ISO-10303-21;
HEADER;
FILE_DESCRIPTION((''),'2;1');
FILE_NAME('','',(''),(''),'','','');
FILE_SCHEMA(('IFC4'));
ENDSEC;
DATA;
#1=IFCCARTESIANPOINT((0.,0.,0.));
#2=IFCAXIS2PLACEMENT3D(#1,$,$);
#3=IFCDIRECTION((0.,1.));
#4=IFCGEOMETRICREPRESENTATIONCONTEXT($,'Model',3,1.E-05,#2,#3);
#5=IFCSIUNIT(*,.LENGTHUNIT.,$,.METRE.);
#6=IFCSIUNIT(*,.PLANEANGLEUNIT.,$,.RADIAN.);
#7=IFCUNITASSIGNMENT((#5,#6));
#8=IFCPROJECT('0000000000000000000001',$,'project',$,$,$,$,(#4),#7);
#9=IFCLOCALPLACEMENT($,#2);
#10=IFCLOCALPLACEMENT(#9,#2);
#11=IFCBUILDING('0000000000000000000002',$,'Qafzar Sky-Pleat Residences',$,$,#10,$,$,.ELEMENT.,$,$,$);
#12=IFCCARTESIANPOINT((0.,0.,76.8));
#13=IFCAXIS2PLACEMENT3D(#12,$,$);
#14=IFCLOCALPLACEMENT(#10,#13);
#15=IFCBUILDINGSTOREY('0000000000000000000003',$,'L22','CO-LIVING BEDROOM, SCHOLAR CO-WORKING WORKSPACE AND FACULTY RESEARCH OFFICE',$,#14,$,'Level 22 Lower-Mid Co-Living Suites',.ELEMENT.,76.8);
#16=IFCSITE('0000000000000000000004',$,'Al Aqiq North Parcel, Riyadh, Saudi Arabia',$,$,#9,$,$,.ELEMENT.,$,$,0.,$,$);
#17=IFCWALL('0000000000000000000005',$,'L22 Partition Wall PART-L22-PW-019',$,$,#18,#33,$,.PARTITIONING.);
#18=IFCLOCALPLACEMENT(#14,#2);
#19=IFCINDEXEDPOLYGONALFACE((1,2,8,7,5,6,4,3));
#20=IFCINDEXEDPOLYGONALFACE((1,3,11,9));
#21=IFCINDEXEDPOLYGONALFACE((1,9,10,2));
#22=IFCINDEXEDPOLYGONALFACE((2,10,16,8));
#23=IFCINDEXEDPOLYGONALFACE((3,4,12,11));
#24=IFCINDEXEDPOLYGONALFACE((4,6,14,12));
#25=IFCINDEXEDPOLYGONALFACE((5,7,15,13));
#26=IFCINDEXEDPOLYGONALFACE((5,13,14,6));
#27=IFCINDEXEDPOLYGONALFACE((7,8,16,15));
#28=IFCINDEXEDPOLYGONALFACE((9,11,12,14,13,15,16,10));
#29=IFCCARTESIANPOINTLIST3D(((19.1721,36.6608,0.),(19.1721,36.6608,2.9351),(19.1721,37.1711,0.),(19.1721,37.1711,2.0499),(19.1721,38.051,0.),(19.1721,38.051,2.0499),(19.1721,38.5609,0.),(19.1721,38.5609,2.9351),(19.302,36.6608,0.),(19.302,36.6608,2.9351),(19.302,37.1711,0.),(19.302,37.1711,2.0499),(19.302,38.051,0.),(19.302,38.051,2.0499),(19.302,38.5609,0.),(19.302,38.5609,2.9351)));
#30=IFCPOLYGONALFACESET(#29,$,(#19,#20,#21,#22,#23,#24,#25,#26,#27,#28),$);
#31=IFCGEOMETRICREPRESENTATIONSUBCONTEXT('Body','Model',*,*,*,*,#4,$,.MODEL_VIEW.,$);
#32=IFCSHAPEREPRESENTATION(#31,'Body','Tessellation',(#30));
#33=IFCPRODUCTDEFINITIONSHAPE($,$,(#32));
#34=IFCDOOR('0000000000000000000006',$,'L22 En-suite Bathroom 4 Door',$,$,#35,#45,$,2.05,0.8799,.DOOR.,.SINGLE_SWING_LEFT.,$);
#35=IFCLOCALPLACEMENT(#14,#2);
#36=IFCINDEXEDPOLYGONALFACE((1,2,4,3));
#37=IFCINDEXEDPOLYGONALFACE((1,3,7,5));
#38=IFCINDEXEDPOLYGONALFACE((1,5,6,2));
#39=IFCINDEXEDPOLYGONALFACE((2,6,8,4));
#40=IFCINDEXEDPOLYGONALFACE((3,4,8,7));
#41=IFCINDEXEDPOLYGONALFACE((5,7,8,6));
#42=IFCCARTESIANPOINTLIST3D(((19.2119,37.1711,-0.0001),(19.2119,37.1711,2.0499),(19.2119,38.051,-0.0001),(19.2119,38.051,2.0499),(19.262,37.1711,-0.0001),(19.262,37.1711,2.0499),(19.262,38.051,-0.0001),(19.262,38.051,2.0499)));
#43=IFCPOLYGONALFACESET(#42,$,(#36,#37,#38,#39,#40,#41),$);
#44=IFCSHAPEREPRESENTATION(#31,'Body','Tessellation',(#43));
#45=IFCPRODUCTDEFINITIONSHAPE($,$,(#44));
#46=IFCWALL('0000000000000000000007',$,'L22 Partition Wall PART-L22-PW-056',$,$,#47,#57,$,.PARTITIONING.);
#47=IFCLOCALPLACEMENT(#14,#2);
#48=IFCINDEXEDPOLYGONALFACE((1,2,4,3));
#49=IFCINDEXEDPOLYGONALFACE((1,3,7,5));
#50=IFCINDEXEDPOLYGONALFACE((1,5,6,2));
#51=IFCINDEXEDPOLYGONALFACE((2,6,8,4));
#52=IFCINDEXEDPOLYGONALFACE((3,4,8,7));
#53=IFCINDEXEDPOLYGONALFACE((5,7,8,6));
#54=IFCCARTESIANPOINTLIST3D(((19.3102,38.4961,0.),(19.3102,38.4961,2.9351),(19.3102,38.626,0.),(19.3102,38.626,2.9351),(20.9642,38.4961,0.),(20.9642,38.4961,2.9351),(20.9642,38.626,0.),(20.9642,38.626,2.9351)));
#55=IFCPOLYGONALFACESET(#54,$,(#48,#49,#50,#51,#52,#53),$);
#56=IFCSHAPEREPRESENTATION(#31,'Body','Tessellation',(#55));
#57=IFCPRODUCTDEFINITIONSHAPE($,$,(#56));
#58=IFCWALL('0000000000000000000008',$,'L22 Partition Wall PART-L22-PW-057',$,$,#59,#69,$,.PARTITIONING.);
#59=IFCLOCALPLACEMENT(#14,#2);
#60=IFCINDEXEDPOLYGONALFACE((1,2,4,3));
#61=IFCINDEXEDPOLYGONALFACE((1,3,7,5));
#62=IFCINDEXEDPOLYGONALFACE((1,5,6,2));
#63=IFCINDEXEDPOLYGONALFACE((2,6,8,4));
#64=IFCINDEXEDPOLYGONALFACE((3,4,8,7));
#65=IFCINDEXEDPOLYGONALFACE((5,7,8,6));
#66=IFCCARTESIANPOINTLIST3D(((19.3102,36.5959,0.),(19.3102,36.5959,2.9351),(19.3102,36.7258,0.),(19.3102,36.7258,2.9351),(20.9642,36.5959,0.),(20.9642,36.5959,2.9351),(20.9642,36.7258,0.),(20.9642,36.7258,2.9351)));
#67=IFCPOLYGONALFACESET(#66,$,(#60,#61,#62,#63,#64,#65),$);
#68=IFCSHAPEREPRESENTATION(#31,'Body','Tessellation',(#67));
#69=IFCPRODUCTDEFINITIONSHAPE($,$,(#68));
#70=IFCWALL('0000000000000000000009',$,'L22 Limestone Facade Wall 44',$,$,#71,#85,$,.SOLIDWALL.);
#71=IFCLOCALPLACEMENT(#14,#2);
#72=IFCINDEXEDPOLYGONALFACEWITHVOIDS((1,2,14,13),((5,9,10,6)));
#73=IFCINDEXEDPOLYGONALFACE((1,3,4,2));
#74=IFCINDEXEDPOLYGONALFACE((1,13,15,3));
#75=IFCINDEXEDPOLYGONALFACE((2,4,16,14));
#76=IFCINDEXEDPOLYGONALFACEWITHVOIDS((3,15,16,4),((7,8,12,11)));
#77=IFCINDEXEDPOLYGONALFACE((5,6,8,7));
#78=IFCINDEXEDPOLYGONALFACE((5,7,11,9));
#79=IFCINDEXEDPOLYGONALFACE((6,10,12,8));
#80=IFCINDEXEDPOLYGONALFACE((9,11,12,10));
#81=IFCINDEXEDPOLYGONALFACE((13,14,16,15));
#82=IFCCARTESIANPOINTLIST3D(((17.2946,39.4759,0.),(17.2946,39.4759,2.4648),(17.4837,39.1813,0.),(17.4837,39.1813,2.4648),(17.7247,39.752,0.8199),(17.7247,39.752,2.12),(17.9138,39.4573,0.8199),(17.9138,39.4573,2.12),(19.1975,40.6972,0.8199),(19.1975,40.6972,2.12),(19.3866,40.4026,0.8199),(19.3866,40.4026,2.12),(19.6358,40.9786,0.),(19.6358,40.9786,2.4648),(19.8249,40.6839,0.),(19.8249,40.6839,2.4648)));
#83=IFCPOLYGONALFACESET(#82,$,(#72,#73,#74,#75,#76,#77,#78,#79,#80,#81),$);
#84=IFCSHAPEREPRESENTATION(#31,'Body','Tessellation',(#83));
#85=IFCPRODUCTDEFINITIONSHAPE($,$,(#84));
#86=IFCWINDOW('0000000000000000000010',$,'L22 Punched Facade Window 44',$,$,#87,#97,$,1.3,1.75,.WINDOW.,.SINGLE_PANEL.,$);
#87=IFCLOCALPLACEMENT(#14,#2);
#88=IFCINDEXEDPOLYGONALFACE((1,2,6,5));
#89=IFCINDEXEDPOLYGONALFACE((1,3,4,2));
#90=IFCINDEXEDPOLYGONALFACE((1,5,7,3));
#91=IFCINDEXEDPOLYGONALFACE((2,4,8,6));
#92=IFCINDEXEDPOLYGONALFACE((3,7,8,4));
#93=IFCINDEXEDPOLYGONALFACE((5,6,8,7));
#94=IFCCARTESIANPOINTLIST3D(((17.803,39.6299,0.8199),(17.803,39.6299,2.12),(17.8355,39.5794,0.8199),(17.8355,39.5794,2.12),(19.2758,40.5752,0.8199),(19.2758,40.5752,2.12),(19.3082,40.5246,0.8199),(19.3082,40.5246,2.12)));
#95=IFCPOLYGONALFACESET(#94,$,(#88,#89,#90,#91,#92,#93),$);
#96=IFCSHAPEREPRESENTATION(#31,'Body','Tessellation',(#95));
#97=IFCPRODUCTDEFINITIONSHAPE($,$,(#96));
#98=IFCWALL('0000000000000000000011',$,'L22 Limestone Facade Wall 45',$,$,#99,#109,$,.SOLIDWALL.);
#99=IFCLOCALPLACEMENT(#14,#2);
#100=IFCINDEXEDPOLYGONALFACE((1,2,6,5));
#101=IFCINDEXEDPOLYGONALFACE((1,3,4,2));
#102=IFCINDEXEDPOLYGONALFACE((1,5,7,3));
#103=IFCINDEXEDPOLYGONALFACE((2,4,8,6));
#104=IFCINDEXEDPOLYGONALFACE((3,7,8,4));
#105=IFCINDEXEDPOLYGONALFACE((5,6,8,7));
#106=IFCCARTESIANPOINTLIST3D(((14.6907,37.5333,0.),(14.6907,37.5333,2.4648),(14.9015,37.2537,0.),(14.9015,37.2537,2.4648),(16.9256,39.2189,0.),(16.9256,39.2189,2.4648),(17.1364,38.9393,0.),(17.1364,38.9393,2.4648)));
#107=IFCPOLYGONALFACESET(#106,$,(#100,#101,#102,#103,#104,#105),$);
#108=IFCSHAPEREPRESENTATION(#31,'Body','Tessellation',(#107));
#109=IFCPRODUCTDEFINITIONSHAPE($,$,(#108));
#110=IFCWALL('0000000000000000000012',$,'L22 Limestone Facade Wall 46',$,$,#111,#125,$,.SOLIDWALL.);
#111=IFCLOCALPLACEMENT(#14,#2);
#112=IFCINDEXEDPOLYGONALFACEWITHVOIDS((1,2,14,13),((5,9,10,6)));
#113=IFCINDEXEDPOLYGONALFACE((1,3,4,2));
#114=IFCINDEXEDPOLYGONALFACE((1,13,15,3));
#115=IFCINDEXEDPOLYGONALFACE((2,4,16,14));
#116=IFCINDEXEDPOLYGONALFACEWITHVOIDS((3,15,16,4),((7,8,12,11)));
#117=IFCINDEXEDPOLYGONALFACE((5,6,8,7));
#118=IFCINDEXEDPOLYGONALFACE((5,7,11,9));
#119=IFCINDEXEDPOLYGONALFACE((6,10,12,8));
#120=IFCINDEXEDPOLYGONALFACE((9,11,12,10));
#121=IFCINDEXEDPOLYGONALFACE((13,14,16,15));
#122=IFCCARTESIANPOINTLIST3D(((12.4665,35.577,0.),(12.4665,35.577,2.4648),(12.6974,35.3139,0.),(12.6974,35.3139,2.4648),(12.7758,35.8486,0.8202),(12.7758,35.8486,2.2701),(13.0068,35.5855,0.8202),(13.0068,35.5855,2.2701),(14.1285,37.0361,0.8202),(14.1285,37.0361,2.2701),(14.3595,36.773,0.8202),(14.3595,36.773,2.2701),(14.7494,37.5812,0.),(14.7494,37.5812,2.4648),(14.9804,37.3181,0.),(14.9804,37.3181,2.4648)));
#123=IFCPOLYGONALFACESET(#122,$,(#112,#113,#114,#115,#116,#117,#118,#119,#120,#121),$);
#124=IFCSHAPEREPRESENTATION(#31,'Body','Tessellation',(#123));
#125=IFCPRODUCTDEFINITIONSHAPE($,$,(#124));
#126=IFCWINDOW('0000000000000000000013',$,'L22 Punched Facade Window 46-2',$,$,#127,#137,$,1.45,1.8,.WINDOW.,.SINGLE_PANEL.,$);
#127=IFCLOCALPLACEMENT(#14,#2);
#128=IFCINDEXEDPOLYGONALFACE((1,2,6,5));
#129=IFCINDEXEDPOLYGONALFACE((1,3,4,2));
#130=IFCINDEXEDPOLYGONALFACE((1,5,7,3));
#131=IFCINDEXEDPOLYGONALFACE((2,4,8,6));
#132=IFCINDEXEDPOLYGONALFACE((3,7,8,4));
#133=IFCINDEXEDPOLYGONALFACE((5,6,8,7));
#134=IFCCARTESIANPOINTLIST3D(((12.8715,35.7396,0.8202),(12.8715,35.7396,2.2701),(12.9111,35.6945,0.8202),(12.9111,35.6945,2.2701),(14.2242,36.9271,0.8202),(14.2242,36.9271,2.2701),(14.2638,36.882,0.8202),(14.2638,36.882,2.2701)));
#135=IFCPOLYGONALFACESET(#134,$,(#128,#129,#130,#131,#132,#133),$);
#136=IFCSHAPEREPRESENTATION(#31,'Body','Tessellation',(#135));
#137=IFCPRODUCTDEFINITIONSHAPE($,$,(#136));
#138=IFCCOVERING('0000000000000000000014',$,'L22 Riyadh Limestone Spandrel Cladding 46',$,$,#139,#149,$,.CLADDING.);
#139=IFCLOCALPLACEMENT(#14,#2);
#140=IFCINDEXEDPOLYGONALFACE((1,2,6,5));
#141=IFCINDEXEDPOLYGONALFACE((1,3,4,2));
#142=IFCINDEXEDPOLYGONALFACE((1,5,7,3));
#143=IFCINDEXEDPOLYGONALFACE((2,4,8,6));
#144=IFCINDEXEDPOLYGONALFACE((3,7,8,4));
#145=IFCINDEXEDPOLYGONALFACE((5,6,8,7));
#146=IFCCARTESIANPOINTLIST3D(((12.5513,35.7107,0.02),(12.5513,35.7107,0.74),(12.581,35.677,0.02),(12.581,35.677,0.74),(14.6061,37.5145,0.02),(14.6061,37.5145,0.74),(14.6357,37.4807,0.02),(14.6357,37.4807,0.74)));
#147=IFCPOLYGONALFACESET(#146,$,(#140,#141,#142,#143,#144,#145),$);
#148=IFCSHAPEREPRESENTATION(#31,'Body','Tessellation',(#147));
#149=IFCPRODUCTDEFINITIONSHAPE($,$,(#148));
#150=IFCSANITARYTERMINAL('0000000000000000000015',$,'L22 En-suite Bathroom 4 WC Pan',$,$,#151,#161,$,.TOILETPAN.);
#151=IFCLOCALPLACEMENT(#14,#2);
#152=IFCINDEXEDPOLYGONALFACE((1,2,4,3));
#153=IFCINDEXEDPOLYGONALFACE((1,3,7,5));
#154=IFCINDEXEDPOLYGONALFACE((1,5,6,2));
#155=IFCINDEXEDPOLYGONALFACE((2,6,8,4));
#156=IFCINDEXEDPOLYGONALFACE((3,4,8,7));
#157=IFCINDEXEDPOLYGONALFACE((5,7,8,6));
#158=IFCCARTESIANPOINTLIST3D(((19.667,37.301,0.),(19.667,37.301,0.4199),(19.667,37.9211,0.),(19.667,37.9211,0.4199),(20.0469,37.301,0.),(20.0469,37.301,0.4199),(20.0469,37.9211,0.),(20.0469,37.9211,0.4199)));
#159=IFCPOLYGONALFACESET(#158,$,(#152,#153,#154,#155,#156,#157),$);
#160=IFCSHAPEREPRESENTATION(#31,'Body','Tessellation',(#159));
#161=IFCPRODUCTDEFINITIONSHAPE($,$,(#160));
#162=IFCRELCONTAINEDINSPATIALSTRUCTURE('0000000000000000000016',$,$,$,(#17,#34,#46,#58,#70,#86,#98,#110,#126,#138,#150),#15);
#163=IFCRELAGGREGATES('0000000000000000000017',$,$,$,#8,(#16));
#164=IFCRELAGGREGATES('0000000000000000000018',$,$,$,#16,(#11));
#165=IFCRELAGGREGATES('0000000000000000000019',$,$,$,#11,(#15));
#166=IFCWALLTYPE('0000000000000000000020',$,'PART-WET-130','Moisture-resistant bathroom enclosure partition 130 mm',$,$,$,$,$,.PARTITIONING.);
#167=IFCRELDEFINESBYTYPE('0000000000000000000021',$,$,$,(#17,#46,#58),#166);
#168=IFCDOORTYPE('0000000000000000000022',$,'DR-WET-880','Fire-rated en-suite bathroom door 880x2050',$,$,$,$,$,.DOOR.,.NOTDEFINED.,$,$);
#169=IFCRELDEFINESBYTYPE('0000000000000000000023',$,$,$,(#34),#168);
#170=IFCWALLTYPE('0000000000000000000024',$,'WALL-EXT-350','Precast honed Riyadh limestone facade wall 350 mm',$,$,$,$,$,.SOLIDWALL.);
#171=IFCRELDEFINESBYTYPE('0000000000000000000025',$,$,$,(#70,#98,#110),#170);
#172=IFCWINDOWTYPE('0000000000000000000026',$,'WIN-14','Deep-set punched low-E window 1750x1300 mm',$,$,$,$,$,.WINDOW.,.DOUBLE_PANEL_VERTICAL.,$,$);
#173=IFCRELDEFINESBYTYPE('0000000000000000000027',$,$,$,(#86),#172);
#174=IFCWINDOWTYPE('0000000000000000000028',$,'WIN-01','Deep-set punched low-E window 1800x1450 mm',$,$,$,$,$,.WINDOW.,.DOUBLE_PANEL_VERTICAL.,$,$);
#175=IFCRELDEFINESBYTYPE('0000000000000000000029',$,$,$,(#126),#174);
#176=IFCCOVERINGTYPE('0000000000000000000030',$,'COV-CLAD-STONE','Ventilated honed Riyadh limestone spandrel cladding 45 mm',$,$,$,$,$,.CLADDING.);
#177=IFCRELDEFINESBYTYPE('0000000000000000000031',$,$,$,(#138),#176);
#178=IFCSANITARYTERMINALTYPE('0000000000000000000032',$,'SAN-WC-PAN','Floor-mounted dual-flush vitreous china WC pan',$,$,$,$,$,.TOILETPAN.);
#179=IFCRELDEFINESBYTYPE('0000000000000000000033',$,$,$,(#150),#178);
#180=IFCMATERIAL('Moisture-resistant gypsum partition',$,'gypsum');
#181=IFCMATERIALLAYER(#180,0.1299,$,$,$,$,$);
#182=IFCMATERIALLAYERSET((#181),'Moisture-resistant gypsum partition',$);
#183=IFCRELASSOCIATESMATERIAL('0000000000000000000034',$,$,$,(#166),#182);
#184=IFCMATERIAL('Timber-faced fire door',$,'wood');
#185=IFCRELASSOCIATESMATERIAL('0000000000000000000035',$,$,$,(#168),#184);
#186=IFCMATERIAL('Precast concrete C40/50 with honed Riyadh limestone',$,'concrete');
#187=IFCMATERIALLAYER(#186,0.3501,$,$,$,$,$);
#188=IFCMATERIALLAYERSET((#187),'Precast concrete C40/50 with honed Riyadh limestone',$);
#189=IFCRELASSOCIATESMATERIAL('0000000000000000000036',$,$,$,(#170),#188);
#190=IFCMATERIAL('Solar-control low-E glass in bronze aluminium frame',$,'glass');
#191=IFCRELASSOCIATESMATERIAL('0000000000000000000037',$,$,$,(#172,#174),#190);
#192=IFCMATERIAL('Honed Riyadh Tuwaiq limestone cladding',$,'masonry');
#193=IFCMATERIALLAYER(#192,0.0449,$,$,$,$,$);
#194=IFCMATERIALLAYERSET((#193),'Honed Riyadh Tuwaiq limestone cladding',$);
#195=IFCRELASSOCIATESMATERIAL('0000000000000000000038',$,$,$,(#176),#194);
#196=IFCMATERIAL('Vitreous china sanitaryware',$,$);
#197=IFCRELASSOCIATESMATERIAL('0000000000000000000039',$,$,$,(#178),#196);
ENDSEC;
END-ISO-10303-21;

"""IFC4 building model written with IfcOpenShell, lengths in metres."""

from ifc_helpers import new_model, si_unit, direction, frame, frame_2d, origin, origin_2d, place, context, subcontext, project, spatial, rectangle, extrude, source, transform, mapped, material, layer, layer_set, type_object, element, fill, save


model = new_model("IFC4")

# Units and contexts
model_context = context("Model", 3, precision=1e-05, world=origin(), true_north=direction((0.0, 1.0)))
body_context = subcontext(model_context, "Body", "Model", "MODEL_VIEW")
ifc_project = project(units=[si_unit("LENGTHUNIT", "METRE"), si_unit("PLANEANGLEUNIT", "RADIAN")], contexts=[model_context])

# Site, building, storey
site_placement = place(None, origin())
site = spatial("IfcSite", under=ifc_project, at=site_placement, Name="Al Aqiq North Parcel, Riyadh, Saudi Arabia", CompositionType="ELEMENT", RefElevation=0.0)
building_placement = place(site_placement, origin())
building = spatial("IfcBuilding", under=site, at=building_placement, Name="Qafzar Sky-Pleat Residences", CompositionType="ELEMENT")
storey_placement = place(building_placement, frame((0.0, 0.0, 76.8)))
storey = spatial("IfcBuildingStorey", under=building, at=storey_placement, Name="L22", Description="CO-LIVING BEDROOM, SCHOLAR CO-WORKING WORKSPACE AND FACULTY RESEARCH OFFICE", LongName="Level 22 Lower-Mid Co-Living Suites", CompositionType="ELEMENT", Elevation=76.8)

# Wall, opening, door
ifc_material_1 = material(Name="Moisture-resistant gypsum partition", Category="gypsum")
ifc_layer_1 = layer(ifc_material_1, 0.1299)
ifc_layer_set_1 = layer_set([ifc_layer_1], Name="Moisture-resistant gypsum partition")
wall_type_1 = type_object("IfcWallType", Name="PART-WET-130", Description="Moisture-resistant bathroom enclosure partition 130 mm", PredefinedType="PARTITIONING", material=ifc_layer_set_1)
wall_1_placement = place(storey_placement, frame((19.2371, 38.561, 0.0), z_axis=(0.0, 0.0, 1.0), x_axis=(0.0, -1.0, 0.0)))
wall_1 = element("IfcWall", 1, at=wall_1_placement, inside=storey, type_object=wall_type_1, Name="L22 Partition Wall PART-L22-PW-019", PredefinedType="PARTITIONING", context=body_context, shape_type="SweptSolid", body=[
    extrude(rectangle(XDim=1.9001, YDim=0.1299, at=frame_2d((0.9502, 0.0))), origin(), (0.0, 0.0, 1.0), 2.9351),
])
opening_1_placement = place(wall_1_placement, frame((0.51, 0.0, 0.0)))
opening_1 = element("IfcOpeningElement", 2, at=opening_1_placement, cuts=wall_1, PredefinedType="OPENING", context=body_context, shape_type="SweptSolid", body=[
    extrude(rectangle(XDim=0.8799, YDim=2.05, at=frame_2d((0.4399, 1.0249))), frame((0.0, 0.075, 0.0), z_axis=(0.0, -1.0, 0.0), x_axis=(1.0, 0.0, 0.0)), (0.0, 0.0, 1.0), 0.1499),
])
ifc_material_2 = material(Name="Timber-faced fire door", Category="wood")
door_type = type_object("IfcDoorType", Name="DR-WET-880", Description="Fire-rated en-suite bathroom door 880x2050", OperationType="NOTDEFINED", PredefinedType="DOOR", material=ifc_material_2)
shared_shape_1 = source(origin(), body_context, "Body", "SweptSolid", [
    extrude(rectangle(XDim=0.8799, YDim=2.05, at=frame_2d((0.4399, 1.0249))), frame((0.0, 0.0249, 0.0), z_axis=(0.0, -1.0, 0.0), x_axis=(1.0, 0.0, 0.0)), (0.0, 0.0, 1.0), 0.05),
])
door_placement = place(opening_1_placement, origin())
door = element("IfcDoor", 3, at=door_placement, inside=storey, type_object=door_type, Name="L22 En-suite Bathroom 4 Door", OperationType="SINGLE_SWING_LEFT", OverallHeight=2.05, OverallWidth=0.8799, PredefinedType="DOOR", context=body_context, shape_type="MappedRepresentation", body=[
    mapped(shared_shape_1, transform((0.0, 0.0, 0.0), x_axis=(1.0, 0.0, 0.0), y_axis=(0.0, 1.0, 0.0), z_axis=(0.0, 0.0, 1.0), scale=1.0)),
])
fill(opening_1, door)

# Walls
for number, where, z_axis, x_axis, name in (
    (4, (19.3101, 38.561, 0.0), (0.0, 0.0, 1.0), (1.0, 0.0, 0.0), "L22 Partition Wall PART-L22-PW-056"),
    (5, (19.3101, 36.6609, 0.0), (0.0, 0.0, 1.0), (1.0, 0.0, 0.0), "L22 Partition Wall PART-L22-PW-057"),
):
    element("IfcWall", number, at=place(storey_placement, frame(where, z_axis=z_axis, x_axis=x_axis)), inside=storey, type_object=wall_type_1, Name=name, PredefinedType="PARTITIONING", context=body_context, shape_type="SweptSolid", body=[
        extrude(rectangle(XDim=1.6541, YDim=0.1299, at=frame_2d((0.8271, 0.0))), origin(), (0.0, 0.0, 1.0), 2.9351),
    ])

# Wall, opening, window
ifc_material_3 = material(Name="Precast concrete C40/50 with honed Riyadh limestone", Category="concrete")
ifc_layer_2 = layer(ifc_material_3, 0.3501)
ifc_layer_set_2 = layer_set([ifc_layer_2], Name="Precast concrete C40/50 with honed Riyadh limestone")
wall_type_2 = type_object("IfcWallType", Name="WALL-EXT-350", Description="Precast honed Riyadh limestone facade wall 350 mm", PredefinedType="SOLIDWALL", material=ifc_layer_set_2)
wall_2_placement = place(storey_placement, frame((19.7305, 40.8313, 0.0), z_axis=(0.0, 0.0, 1.0), x_axis=(-0.841577, -0.540137, 0.0)))
wall_2 = element("IfcWall", 6, at=wall_2_placement, inside=storey, type_object=wall_type_2, Name="L22 Limestone Facade Wall 44", PredefinedType="SOLIDWALL", context=body_context, shape_type="SweptSolid", body=[
    extrude(rectangle(XDim=2.782, YDim=0.3501, at=frame_2d((1.3911, 0.0))), origin(), (0.0, 0.0, 1.0), 2.4648),
])
opening_2_placement = place(wall_2_placement, frame((0.521, 0.0, 0.8201)))
opening_2 = element("IfcOpeningElement", 7, at=opening_2_placement, cuts=wall_2, PredefinedType="OPENING", context=body_context, shape_type="SweptSolid", body=[
    extrude(rectangle(XDim=1.75, YDim=1.3, at=frame_2d((0.875, 0.6499))), frame((0.0, 0.1851, 0.0), z_axis=(0.0, -1.0, 0.0), x_axis=(1.0, 0.0, 0.0)), (0.0, 0.0, 1.0), 0.3701),
])
ifc_material_4 = material(Name="Solar-control low-E glass in bronze aluminium frame", Category="glass")
window_type_1 = type_object("IfcWindowType", Name="WIN-14", Description="Deep-set punched low-E window 1750x1300 mm", PartitioningType="DOUBLE_PANEL_VERTICAL", PredefinedType="WINDOW", material=ifc_material_4)
shared_shape_2 = source(origin(), body_context, "Body", "SweptSolid", [
    extrude(rectangle(XDim=1.75, YDim=1.3, at=frame_2d((0.875, 0.6499))), frame((0.0, 0.03, 0.0), z_axis=(0.0, -1.0, 0.0), x_axis=(1.0, 0.0, 0.0)), (0.0, 0.0, 1.0), 0.0601),
])
window_1_placement = place(opening_2_placement, origin())
window_1 = element("IfcWindow", 8, at=window_1_placement, inside=storey, type_object=window_type_1, Name="L22 Punched Facade Window 44", OverallHeight=1.3, OverallWidth=1.75, PartitioningType="SINGLE_PANEL", PredefinedType="WINDOW", context=body_context, shape_type="MappedRepresentation", body=[
    mapped(shared_shape_2, transform((0.0, 0.0, 0.0), x_axis=(1.0, 0.0, 0.0), y_axis=(0.0, 1.0, 0.0), z_axis=(0.0, 0.0, 1.0), scale=1.0)),
])
fill(opening_2, window_1)

# Wall
wall_3_placement = place(storey_placement, frame((17.031, 39.0791, 0.0), z_axis=(0.0, 0.0, 1.0), x_axis=(-0.798385, -0.602147, 0.0)))
element("IfcWall", 9, at=wall_3_placement, inside=storey, type_object=wall_type_2, Name="L22 Limestone Facade Wall 45", PredefinedType="SOLIDWALL", context=body_context, shape_type="SweptSolid", body=[
    extrude(rectangle(XDim=2.7993, YDim=0.3501, at=frame_2d((1.3997, 0.0))), origin(), (0.0, 0.0, 1.0), 2.4648),
])

# Wall, opening, window
wall_4_placement = place(storey_placement, frame((14.865, 37.4497, 0.0), z_axis=(0.0, 0.0, 1.0), x_axis=(-0.751505, -0.659727, 0.0)))
wall_4 = element("IfcWall", 10, at=wall_4_placement, inside=storey, type_object=wall_type_2, Name="L22 Limestone Facade Wall 46", PredefinedType="SOLIDWALL", context=body_context, shape_type="SweptSolid", body=[
    extrude(rectangle(XDim=3.0378, YDim=0.3501, at=frame_2d((1.519, 0.0))), origin(), (0.0, 0.0, 1.0), 2.4648),
])
opening_3_placement = place(wall_4_placement, frame((0.8264, 0.0, 0.8201)))
opening_3 = element("IfcOpeningElement", 11, at=opening_3_placement, cuts=wall_4, PredefinedType="OPENING", context=body_context, shape_type="SweptSolid", body=[
    extrude(rectangle(XDim=1.8, YDim=1.45, at=frame_2d((0.8999, 0.7251))), frame((0.0, 0.1851, 0.0), z_axis=(0.0, -1.0, 0.0), x_axis=(1.0, 0.0, 0.0)), (0.0, 0.0, 1.0), 0.3701),
])
window_type_2 = type_object("IfcWindowType", Name="WIN-01", Description="Deep-set punched low-E window 1800x1450 mm", PartitioningType="DOUBLE_PANEL_VERTICAL", PredefinedType="WINDOW", material=ifc_material_4)
shared_shape_3 = source(origin(), body_context, "Body", "SweptSolid", [
    extrude(rectangle(XDim=1.8, YDim=1.45, at=frame_2d((0.8999, 0.7251))), frame((0.0, 0.03, 0.0), z_axis=(0.0, -1.0, 0.0), x_axis=(1.0, 0.0, 0.0)), (0.0, 0.0, 1.0), 0.0601),
])
window_2_placement = place(opening_3_placement, origin())
window_2 = element("IfcWindow", 12, at=window_2_placement, inside=storey, type_object=window_type_2, Name="L22 Punched Facade Window 46-2", OverallHeight=1.45, OverallWidth=1.8, PartitioningType="SINGLE_PANEL", PredefinedType="WINDOW", context=body_context, shape_type="MappedRepresentation", body=[
    mapped(shared_shape_3, transform((0.0, 0.0, 0.0), x_axis=(1.0, 0.0, 0.0), y_axis=(0.0, 1.0, 0.0), z_axis=(0.0, 0.0, 1.0), scale=1.0)),
])
fill(opening_3, window_2)

# Covering
ifc_material_5 = material(Name="Honed Riyadh Tuwaiq limestone cladding", Category="masonry")
ifc_layer_3 = layer(ifc_material_5, 0.0449)
ifc_layer_set_3 = layer_set([ifc_layer_3], Name="Honed Riyadh Tuwaiq limestone cladding")
covering_type = type_object("IfcCoveringType", Name="COV-CLAD-STONE", Description="Ventilated honed Riyadh limestone spandrel cladding 45 mm", PredefinedType="CLADDING", material=ifc_layer_set_3)
shared_shape_4 = source(origin(), body_context, "Body", "SweptSolid", [
    extrude(rectangle(XDim=2.7341, YDim=0.0449, at=origin_2d()), origin(), (0.0, 0.0, 1.0), 0.72),
])
covering_placement = place(storey_placement, frame((13.5935, 36.5957, 0.02), z_axis=(0.0, 0.0, 1.0), x_axis=(-0.751517, -0.659713, 0.0)))
element("IfcCovering", 13, at=covering_placement, inside=storey, type_object=covering_type, Name="L22 Riyadh Limestone Spandrel Cladding 46", PredefinedType="CLADDING", context=body_context, shape_type="MappedRepresentation", body=[
    mapped(shared_shape_4, transform((0.0, 0.0, 0.0), x_axis=(1.0, 0.0, 0.0), y_axis=(0.0, 1.0, 0.0), z_axis=(0.0, 0.0, 1.0), scale=1.0)),
])

# Sanitary terminal
ifc_material_6 = material(Name="Vitreous china sanitaryware")
sanitary_terminal_type_1 = type_object("IfcSanitaryTerminalType", Name="SAN-WC-PAN", Description="Floor-mounted dual-flush vitreous china WC pan", PredefinedType="TOILETPAN", material=ifc_material_6)
shared_shape_5 = source(origin(), body_context, "Body", "SweptSolid", [
    extrude(rectangle(XDim=0.3799, YDim=0.6201, at=origin_2d()), origin(), (0.0, 0.0, 1.0), 0.4199),
])
sanitary_terminal_1_placement = place(storey_placement, frame((19.8569, 37.6111, 0.0), z_axis=(0.0, 0.0, 1.0), x_axis=(1.0, 0.0, 0.0)))
element("IfcSanitaryTerminal", 14, at=sanitary_terminal_1_placement, inside=storey, type_object=sanitary_terminal_type_1, Name="L22 En-suite Bathroom 4 WC Pan", PredefinedType="TOILETPAN", context=body_context, shape_type="MappedRepresentation", body=[
    mapped(shared_shape_5, transform((0.0, 0.0, 0.0), x_axis=(1.0, 0.0, 0.0), y_axis=(0.0, 1.0, 0.0), z_axis=(0.0, 0.0, 1.0), scale=1.0)),
])

save(model, "model.ifc")
